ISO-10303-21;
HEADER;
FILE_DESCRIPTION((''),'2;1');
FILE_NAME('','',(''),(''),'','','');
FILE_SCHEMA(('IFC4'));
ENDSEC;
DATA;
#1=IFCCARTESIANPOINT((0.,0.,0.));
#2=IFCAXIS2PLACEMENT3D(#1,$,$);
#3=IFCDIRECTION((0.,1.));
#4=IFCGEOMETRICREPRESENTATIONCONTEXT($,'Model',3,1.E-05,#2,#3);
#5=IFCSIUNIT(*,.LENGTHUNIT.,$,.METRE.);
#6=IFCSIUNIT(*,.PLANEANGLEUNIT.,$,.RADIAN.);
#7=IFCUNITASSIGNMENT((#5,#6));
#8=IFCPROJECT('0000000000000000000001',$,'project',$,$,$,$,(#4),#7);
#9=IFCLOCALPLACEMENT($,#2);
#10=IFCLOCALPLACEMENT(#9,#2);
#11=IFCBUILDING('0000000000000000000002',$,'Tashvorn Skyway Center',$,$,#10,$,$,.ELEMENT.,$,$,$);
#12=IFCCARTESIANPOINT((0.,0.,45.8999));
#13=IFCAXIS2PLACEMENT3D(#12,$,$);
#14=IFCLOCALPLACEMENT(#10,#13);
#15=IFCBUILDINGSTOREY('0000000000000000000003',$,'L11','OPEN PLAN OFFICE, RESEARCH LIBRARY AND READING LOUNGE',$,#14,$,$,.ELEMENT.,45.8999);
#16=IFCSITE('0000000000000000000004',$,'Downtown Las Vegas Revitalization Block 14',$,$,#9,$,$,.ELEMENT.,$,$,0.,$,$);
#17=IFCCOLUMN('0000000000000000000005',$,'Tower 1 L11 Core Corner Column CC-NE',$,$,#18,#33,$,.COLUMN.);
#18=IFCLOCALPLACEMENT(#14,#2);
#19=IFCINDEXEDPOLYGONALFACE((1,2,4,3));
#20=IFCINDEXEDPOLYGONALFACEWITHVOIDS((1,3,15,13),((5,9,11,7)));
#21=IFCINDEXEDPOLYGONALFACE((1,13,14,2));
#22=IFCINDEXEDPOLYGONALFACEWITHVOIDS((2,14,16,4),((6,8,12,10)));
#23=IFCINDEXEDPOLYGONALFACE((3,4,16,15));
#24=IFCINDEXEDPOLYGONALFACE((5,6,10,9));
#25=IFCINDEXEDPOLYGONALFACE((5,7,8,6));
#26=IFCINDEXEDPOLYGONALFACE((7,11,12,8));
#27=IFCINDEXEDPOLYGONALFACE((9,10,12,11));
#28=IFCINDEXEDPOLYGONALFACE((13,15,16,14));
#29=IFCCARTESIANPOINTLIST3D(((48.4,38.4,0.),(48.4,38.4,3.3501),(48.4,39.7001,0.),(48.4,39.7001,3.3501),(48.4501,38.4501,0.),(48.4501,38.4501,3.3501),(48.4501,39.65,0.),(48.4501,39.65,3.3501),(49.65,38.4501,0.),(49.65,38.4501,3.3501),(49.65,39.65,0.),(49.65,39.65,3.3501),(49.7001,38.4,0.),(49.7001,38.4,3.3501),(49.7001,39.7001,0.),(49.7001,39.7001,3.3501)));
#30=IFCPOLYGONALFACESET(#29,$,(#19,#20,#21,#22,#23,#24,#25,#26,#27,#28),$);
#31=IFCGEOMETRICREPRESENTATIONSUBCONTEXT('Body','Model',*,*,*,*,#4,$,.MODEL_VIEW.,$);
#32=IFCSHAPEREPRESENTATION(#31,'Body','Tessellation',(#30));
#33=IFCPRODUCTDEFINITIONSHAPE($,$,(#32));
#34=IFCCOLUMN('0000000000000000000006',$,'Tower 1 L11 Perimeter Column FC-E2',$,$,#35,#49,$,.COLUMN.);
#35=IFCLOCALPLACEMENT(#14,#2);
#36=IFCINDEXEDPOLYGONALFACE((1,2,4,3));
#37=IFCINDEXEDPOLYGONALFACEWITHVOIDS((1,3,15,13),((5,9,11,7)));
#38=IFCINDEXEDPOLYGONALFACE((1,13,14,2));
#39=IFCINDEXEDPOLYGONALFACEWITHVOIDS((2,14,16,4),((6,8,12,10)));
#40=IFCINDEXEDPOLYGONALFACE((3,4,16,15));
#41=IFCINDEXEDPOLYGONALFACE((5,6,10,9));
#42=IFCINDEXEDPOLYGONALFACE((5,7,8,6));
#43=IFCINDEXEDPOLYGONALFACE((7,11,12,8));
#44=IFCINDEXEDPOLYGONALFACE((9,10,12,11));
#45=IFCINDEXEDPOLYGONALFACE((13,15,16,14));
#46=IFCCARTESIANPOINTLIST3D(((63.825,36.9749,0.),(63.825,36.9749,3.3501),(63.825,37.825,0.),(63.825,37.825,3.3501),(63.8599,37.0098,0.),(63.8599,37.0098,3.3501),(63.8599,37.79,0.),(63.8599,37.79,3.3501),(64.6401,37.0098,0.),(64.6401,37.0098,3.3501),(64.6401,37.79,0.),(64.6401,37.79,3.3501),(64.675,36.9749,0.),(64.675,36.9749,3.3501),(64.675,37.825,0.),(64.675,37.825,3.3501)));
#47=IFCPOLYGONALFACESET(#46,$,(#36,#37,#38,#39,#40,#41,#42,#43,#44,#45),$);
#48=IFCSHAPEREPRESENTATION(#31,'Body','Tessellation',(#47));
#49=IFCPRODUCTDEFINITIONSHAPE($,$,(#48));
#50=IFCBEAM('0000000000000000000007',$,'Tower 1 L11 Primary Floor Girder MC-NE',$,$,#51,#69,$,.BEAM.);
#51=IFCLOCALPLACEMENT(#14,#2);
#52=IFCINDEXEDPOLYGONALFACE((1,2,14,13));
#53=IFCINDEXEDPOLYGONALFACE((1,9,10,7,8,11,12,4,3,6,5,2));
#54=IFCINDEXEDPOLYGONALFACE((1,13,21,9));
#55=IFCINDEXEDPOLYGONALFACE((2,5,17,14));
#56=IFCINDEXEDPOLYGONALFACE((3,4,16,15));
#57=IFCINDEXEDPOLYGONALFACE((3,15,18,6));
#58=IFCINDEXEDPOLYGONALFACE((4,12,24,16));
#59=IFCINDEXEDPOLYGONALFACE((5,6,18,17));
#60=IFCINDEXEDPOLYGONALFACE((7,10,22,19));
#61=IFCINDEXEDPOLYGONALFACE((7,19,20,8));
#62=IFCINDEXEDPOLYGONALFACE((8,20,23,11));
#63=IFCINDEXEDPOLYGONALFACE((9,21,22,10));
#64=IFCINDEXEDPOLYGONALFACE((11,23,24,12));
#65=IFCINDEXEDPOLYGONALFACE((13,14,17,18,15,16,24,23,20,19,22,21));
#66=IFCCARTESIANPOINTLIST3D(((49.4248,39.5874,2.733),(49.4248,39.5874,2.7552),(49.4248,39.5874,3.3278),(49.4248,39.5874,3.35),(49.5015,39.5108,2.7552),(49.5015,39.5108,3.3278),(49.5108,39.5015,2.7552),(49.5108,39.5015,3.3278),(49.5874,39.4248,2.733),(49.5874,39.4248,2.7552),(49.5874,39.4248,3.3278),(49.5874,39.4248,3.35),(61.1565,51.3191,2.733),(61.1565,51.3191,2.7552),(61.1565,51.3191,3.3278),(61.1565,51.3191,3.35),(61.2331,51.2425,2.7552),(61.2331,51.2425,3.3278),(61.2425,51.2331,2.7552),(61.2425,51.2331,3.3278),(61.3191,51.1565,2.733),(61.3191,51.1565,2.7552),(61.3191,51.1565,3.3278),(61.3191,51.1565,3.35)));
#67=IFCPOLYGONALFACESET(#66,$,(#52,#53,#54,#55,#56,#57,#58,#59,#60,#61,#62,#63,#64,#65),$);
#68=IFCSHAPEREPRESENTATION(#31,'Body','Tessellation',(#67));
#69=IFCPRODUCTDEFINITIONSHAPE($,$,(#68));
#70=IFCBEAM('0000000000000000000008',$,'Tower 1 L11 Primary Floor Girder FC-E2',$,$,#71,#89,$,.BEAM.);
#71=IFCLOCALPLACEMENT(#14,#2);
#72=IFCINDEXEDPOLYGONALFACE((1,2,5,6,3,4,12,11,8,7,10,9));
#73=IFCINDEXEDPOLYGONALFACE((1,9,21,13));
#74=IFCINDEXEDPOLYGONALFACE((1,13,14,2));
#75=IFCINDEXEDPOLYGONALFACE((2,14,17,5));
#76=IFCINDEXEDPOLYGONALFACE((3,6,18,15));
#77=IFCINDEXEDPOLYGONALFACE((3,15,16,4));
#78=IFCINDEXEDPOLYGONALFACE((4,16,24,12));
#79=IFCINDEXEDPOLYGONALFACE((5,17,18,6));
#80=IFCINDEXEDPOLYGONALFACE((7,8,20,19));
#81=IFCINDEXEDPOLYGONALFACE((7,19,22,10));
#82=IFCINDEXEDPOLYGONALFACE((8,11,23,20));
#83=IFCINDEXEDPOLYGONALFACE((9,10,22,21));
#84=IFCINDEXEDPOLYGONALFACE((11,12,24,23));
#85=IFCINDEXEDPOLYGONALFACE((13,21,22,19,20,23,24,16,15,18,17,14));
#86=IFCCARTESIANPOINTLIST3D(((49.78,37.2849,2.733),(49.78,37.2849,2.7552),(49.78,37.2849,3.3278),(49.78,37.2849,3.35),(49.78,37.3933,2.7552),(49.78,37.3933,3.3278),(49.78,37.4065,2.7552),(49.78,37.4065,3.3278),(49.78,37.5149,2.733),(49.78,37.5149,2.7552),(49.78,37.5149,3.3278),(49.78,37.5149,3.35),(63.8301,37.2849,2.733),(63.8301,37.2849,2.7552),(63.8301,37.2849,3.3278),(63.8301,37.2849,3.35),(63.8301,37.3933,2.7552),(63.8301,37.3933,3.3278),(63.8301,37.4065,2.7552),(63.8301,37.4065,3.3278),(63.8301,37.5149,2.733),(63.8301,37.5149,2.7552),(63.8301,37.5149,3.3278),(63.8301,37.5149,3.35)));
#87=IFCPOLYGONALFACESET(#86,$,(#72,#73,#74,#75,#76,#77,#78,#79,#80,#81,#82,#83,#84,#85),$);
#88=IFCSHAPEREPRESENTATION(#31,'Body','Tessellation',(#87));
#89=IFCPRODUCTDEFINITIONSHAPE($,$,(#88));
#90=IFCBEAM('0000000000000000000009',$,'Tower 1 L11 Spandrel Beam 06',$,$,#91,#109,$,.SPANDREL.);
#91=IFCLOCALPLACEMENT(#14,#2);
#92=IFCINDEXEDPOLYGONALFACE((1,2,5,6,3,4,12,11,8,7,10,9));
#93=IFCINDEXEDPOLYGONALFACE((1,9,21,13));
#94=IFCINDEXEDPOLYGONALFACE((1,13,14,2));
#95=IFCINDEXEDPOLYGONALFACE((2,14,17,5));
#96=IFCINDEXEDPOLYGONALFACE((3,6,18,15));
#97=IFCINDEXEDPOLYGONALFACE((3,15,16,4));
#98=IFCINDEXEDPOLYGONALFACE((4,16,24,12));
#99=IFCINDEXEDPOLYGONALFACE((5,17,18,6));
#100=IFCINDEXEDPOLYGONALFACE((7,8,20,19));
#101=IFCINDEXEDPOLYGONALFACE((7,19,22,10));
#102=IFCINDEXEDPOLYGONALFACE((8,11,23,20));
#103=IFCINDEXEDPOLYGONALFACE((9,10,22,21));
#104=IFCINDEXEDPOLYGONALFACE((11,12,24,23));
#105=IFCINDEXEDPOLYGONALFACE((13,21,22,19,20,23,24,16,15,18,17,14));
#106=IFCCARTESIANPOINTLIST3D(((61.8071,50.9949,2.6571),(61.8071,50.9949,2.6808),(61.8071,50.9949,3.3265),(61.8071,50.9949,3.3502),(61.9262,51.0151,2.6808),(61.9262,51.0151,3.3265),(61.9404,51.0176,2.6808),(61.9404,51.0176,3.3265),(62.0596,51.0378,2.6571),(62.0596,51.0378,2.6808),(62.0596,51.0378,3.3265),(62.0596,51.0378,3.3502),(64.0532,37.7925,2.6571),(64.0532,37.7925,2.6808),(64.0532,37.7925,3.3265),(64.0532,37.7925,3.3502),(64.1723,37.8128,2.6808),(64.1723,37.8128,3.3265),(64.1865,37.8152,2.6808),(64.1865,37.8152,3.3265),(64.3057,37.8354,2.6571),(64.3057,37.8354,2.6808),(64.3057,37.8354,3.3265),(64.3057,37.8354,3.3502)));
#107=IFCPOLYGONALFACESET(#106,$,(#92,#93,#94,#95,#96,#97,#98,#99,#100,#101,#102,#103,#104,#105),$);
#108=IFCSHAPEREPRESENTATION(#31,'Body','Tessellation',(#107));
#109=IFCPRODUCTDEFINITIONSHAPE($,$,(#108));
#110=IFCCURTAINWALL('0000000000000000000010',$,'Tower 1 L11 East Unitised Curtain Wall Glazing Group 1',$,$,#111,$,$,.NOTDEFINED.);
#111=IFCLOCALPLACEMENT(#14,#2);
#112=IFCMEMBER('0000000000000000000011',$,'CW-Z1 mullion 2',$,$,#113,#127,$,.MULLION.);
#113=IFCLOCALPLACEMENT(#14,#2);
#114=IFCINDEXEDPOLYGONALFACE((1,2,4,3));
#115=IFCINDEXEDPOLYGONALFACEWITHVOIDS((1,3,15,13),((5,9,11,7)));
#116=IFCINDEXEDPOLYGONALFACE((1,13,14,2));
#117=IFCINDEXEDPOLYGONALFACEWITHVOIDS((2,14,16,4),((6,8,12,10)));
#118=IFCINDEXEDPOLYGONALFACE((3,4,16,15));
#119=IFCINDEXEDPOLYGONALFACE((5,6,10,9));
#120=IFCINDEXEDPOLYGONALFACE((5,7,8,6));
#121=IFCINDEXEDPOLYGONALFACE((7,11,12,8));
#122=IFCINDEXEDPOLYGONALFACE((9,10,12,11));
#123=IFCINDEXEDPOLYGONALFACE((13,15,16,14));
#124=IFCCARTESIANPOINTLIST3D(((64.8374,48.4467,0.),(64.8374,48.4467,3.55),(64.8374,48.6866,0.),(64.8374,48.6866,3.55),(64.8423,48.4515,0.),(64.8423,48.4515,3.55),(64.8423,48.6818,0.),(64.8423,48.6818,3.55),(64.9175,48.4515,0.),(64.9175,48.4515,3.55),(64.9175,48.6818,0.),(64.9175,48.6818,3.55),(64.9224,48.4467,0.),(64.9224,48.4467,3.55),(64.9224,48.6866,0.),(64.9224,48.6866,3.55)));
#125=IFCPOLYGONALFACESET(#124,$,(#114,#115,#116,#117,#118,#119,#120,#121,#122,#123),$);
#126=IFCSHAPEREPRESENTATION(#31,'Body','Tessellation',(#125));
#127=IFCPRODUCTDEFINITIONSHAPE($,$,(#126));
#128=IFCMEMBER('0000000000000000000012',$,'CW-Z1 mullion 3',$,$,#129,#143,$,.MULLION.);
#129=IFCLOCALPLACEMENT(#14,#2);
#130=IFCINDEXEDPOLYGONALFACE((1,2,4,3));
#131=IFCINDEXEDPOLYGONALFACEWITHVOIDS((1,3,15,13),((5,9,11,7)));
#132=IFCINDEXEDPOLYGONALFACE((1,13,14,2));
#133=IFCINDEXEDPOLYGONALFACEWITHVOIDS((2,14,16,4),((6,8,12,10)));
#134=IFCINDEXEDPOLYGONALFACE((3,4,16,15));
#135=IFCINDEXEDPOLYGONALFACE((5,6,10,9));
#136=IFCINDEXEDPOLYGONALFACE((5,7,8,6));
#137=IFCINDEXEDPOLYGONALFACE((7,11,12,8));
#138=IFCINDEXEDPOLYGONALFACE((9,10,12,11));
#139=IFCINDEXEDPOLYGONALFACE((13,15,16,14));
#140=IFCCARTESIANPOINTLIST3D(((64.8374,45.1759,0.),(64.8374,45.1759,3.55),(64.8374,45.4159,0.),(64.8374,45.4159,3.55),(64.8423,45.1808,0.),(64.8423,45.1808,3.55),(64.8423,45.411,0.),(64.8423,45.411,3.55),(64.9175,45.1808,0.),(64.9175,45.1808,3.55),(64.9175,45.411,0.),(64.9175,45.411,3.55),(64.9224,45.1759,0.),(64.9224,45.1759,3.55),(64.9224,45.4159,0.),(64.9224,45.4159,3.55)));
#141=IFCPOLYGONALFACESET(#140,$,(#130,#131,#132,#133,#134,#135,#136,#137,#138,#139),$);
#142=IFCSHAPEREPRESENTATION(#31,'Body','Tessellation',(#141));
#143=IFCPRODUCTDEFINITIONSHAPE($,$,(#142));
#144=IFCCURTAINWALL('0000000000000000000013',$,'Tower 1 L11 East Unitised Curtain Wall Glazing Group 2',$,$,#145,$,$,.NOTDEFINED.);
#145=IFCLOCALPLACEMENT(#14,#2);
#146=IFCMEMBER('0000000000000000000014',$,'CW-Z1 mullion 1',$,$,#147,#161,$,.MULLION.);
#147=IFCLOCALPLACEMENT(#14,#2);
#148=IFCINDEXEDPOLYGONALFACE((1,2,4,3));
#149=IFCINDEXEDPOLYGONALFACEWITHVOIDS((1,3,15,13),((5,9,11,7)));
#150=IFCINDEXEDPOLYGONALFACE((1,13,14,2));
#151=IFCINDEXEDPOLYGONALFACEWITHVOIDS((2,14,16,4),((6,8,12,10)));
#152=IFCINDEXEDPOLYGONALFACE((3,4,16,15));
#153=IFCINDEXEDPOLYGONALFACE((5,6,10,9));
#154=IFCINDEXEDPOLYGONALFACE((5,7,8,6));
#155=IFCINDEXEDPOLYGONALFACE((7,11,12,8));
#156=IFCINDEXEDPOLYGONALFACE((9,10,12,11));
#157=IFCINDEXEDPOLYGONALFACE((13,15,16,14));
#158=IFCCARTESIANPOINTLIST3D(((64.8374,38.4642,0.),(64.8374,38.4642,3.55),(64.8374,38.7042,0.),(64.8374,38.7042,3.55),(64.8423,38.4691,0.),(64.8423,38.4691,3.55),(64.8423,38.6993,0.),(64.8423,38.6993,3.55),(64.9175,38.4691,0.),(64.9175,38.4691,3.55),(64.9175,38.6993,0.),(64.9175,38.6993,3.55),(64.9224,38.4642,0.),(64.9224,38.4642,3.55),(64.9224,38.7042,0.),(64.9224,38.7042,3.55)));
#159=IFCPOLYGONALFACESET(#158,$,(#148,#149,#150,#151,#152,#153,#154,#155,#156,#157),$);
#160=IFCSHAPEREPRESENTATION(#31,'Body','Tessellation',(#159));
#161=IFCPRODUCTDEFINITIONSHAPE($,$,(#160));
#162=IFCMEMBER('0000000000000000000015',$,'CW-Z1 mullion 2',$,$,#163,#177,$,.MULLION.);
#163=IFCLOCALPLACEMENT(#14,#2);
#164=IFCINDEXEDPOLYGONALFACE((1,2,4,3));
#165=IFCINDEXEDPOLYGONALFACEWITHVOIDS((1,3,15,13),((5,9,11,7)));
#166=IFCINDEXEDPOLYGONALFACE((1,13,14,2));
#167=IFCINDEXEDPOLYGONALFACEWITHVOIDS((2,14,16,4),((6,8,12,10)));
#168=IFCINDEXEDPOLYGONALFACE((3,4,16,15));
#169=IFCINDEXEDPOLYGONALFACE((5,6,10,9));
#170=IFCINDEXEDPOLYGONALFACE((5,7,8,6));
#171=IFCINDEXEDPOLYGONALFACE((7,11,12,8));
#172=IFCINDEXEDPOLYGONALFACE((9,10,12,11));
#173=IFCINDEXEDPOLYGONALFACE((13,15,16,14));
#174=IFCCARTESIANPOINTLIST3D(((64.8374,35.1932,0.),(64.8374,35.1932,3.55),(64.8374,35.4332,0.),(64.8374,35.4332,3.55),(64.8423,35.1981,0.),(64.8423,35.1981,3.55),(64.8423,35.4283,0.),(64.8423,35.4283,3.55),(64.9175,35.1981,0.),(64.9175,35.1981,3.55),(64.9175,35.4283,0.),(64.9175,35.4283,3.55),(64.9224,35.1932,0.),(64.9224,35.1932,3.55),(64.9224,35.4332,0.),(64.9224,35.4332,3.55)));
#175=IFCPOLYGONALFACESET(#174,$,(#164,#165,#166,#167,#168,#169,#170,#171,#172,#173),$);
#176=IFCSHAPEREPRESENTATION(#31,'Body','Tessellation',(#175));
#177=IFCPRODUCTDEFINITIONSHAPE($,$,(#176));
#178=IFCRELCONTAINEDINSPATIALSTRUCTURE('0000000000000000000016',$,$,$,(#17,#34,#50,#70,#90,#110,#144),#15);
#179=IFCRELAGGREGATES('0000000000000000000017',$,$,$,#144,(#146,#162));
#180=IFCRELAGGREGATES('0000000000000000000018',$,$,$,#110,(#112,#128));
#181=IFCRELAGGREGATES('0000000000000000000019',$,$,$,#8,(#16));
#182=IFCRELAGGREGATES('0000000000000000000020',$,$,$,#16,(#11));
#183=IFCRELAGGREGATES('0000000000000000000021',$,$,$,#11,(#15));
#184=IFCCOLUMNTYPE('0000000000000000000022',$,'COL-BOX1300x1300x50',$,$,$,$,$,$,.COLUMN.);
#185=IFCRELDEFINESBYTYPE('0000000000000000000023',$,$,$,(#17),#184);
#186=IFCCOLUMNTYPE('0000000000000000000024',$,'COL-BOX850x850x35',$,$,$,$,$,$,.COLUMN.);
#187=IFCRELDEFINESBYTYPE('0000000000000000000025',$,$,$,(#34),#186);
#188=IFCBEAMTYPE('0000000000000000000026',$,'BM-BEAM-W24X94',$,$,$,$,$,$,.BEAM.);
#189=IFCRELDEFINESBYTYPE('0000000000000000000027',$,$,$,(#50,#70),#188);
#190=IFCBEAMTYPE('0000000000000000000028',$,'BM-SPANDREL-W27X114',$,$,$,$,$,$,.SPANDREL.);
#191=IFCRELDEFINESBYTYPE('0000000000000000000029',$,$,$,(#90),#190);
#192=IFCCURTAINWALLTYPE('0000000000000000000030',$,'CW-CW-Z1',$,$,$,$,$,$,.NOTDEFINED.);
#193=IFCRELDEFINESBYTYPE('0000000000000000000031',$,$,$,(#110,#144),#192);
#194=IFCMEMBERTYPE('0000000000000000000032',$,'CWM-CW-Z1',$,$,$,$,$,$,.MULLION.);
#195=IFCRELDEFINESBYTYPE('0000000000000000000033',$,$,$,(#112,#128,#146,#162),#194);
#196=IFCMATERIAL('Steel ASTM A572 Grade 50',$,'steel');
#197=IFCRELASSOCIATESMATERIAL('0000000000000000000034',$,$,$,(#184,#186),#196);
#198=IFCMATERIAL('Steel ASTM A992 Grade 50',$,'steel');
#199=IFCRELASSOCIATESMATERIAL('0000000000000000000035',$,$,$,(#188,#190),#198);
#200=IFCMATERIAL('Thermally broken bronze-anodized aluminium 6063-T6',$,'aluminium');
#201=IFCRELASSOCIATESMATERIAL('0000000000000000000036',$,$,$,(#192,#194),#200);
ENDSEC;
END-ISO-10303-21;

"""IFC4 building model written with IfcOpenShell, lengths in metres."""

from ifc_helpers import new_model, si_unit, direction, frame, origin, origin_2d, place, context, subcontext, project, spatial, hollow_rectangle, i_section, extrude, material, material_profile, profile_set, type_object, element, aggregate, save


model = new_model("IFC4")

# Units and contexts
model_context = context("Model", 3, precision=1e-05, world=origin(), true_north=direction((0.0, 1.0)))
body_context = subcontext(model_context, "Body", "Model", "MODEL_VIEW")
ifc_project = project(units=[si_unit("LENGTHUNIT", "METRE"), si_unit("PLANEANGLEUNIT", "RADIAN")], contexts=[model_context])

# Site, building, storey
site_placement = place(None, origin())
site = spatial("IfcSite", under=ifc_project, at=site_placement, Name="Downtown Las Vegas Revitalization Block 14", CompositionType="ELEMENT", RefElevation=0.0)
building_placement = place(site_placement, origin())
building = spatial("IfcBuilding", under=site, at=building_placement, Name="Tashvorn Skyway Center", CompositionType="ELEMENT")
storey_placement = place(building_placement, frame((0.0, 0.0, 45.8999)))
storey = spatial("IfcBuildingStorey", under=building, at=storey_placement, Name="L11", Description="OPEN PLAN OFFICE, RESEARCH LIBRARY AND READING LOUNGE", CompositionType="ELEMENT", Elevation=45.8999)

# Columns
ifc_material_1 = material(Name="Steel ASTM A572 Grade 50", Category="steel")
ifc_material_profile_1 = material_profile(ifc_material_1, hollow_rectangle(XDim=1.3, YDim=1.3, WallThickness=0.05, at=origin_2d()), Name="BOX1300x1300x50")
ifc_profile_set_1 = profile_set([ifc_material_profile_1], Name="Steel ASTM A572 Grade 50")
column_type_1 = type_object("IfcColumnType", Name="COL-BOX1300x1300x50", PredefinedType="COLUMN", material=ifc_profile_set_1)
column_1_placement = place(storey_placement, frame((49.05, 39.05, 0.0), z_axis=(0.0, 0.0, 1.0), x_axis=(1.0, 0.0, 0.0)))
element("IfcColumn", 1, at=column_1_placement, inside=storey, type_object=column_type_1, Name="Tower 1 L11 Core Corner Column CC-NE", PredefinedType="COLUMN", context=body_context, shape_type="SweptSolid", body=[
    extrude(hollow_rectangle(XDim=1.3, YDim=1.3, WallThickness=0.05, at=origin_2d()), origin(), (0.0, 0.0, 1.0), 3.3501),
])
ifc_material_profile_2 = material_profile(ifc_material_1, hollow_rectangle(XDim=0.8501, YDim=0.8501, WallThickness=0.0349, at=origin_2d()), Name="BOX850x850x35")
ifc_profile_set_2 = profile_set([ifc_material_profile_2], Name="Steel ASTM A572 Grade 50")
column_type_2 = type_object("IfcColumnType", Name="COL-BOX850x850x35", PredefinedType="COLUMN", material=ifc_profile_set_2)
column_2_placement = place(storey_placement, frame((64.25, 37.3999, 0.0), z_axis=(0.0, 0.0, 1.0), x_axis=(1.0, 0.0, 0.0)))
element("IfcColumn", 2, at=column_2_placement, inside=storey, type_object=column_type_2, Name="Tower 1 L11 Perimeter Column FC-E2", PredefinedType="COLUMN", context=body_context, shape_type="SweptSolid", body=[
    extrude(hollow_rectangle(XDim=0.8501, YDim=0.8501, WallThickness=0.0349, at=origin_2d()), origin(), (0.0, 0.0, 1.0), 3.3501),
])

# Beams
ifc_material_2 = material(Name="Steel ASTM A992 Grade 50", Category="steel")
ifc_material_profile_3 = material_profile(ifc_material_2, i_section(OverallWidth=0.23, OverallDepth=0.6169, WebThickness=0.0132, FlangeThickness=0.0222, at=origin_2d()), Name="W24X94")
ifc_profile_set_3 = profile_set([ifc_material_profile_3], Name="Steel ASTM A992 Grade 50")
beam_type_1 = type_object("IfcBeamType", Name="BM-BEAM-W24X94", PredefinedType="BEAM", material=ifc_profile_set_3)
beam_1_placement = place(storey_placement, frame((61.2378, 51.2378, 3.0415), z_axis=(-0.707107, -0.707107, 0.0), x_axis=(0.707107, -0.707107, 0.0)))
element("IfcBeam", 3, at=beam_1_placement, inside=storey, type_object=beam_type_1, Name="Tower 1 L11 Primary Floor Girder MC-NE", PredefinedType="BEAM", context=body_context, shape_type="SweptSolid", body=[
    extrude(i_section(OverallWidth=0.23, OverallDepth=0.6169, WebThickness=0.0132, FlangeThickness=0.0222, at=origin_2d()), origin(), (0.0, 0.0, 1.0), 16.5911),
])
beam_2_placement = place(storey_placement, frame((63.8301, 37.3999, 3.0415), z_axis=(-1.0, 0.0, 0.0), x_axis=(0.0, -1.0, 0.0)))
element("IfcBeam", 4, at=beam_2_placement, inside=storey, type_object=beam_type_1, Name="Tower 1 L11 Primary Floor Girder FC-E2", PredefinedType="BEAM", context=body_context, shape_type="SweptSolid", body=[
    extrude(i_section(OverallWidth=0.23, OverallDepth=0.6169, WebThickness=0.0132, FlangeThickness=0.0222, at=origin_2d()), origin(), (0.0, 0.0, 1.0), 14.05),
])
ifc_material_profile_4 = material_profile(ifc_material_2, i_section(OverallWidth=0.2561, OverallDepth=0.6931, WebThickness=0.0144, FlangeThickness=0.0237, at=origin_2d()), Name="W27X114")
ifc_profile_set_4 = profile_set([ifc_material_profile_4], Name="Steel ASTM A992 Grade 50")
beam_type_2 = type_object("IfcBeamType", Name="BM-SPANDREL-W27X114", PredefinedType="SPANDREL", material=ifc_profile_set_4)
beam_3_placement = place(storey_placement, frame((64.1794, 37.814, 3.0037), z_axis=(-0.167718, 0.985835, 0.0), x_axis=(-0.985835, -0.167718, 0.0)))
element("IfcBeam", 5, at=beam_3_placement, inside=storey, type_object=beam_type_2, Name="Tower 1 L11 Spandrel Beam 06", PredefinedType="SPANDREL", context=body_context, shape_type="SweptSolid", body=[
    extrude(i_section(OverallWidth=0.2561, OverallDepth=0.6931, WebThickness=0.0144, FlangeThickness=0.0237, at=origin_2d()), origin(), (0.0, 0.0, 1.0), 13.3921),
])

# Curtain walls, members
ifc_material_3 = material(Name="Thermally broken bronze-anodized aluminium 6063-T6", Category="aluminium")
curtain_wall_type = type_object("IfcCurtainWallType", Name="CW-CW-Z1", PredefinedType="NOTDEFINED", material=ifc_material_3)
curtain_wall_1_placement = place(storey_placement, origin())
curtain_wall_1 = element("IfcCurtainWall", 6, at=curtain_wall_1_placement, inside=storey, type_object=curtain_wall_type, Name="Tower 1 L11 East Unitised Curtain Wall Glazing Group 1", PredefinedType="NOTDEFINED")
ifc_material_profile_5 = material_profile(ifc_material_3, hollow_rectangle(XDim=0.085, YDim=0.24, WallThickness=0.0049, at=origin_2d()), Name="ALU-MULL-85x240")
ifc_profile_set_5 = profile_set([ifc_material_profile_5], Name="Thermally broken bronze-anodized aluminium 6063-T6")
member_type_1 = type_object("IfcMemberType", Name="CWM-CW-Z1", PredefinedType="MULLION", material=ifc_profile_set_5)
member_1_placement = place(storey_placement, frame((64.8799, 48.5667, 0.0), z_axis=(0.0, 0.0, 1.0), x_axis=(1.0, 0.0, 0.0)))
member_1 = element("IfcMember", 7, at=member_1_placement, type_object=member_type_1, Name="CW-Z1 mullion 2", PredefinedType="MULLION", context=body_context, shape_type="SweptSolid", body=[
    extrude(hollow_rectangle(XDim=0.085, YDim=0.24, WallThickness=0.0049, at=origin_2d()), origin(), (0.0, 0.0, 1.0), 3.55),
])
member_2_placement = place(storey_placement, frame((64.8799, 45.2959, 0.0), z_axis=(0.0, 0.0, 1.0), x_axis=(1.0, 0.0, 0.0)))
member_2 = element("IfcMember", 8, at=member_2_placement, type_object=member_type_1, Name="CW-Z1 mullion 3", PredefinedType="MULLION", context=body_context, shape_type="SweptSolid", body=[
    extrude(hollow_rectangle(XDim=0.085, YDim=0.24, WallThickness=0.0049, at=origin_2d()), origin(), (0.0, 0.0, 1.0), 3.55),
])
curtain_wall_2_placement = place(storey_placement, origin())
curtain_wall_2 = element("IfcCurtainWall", 9, at=curtain_wall_2_placement, inside=storey, type_object=curtain_wall_type, Name="Tower 1 L11 East Unitised Curtain Wall Glazing Group 2", PredefinedType="NOTDEFINED")
member_3_placement = place(storey_placement, frame((64.8799, 38.5842, 0.0), z_axis=(0.0, 0.0, 1.0), x_axis=(1.0, 0.0, 0.0)))
member_3 = element("IfcMember", 10, at=member_3_placement, type_object=member_type_1, Name="CW-Z1 mullion 1", PredefinedType="MULLION", context=body_context, shape_type="SweptSolid", body=[
    extrude(hollow_rectangle(XDim=0.085, YDim=0.24, WallThickness=0.0049, at=origin_2d()), origin(), (0.0, 0.0, 1.0), 3.55),
])
member_4_placement = place(storey_placement, frame((64.8799, 35.3132, 0.0), z_axis=(0.0, 0.0, 1.0), x_axis=(1.0, 0.0, 0.0)))
member_4 = element("IfcMember", 11, at=member_4_placement, type_object=member_type_1, Name="CW-Z1 mullion 2", PredefinedType="MULLION", context=body_context, shape_type="SweptSolid", body=[
    extrude(hollow_rectangle(XDim=0.085, YDim=0.24, WallThickness=0.0049, at=origin_2d()), origin(), (0.0, 0.0, 1.0), 3.55),
])

aggregate(curtain_wall_2, [member_3, member_4])

aggregate(curtain_wall_1, [member_1, member_2])

save(model, "model.ifc")
